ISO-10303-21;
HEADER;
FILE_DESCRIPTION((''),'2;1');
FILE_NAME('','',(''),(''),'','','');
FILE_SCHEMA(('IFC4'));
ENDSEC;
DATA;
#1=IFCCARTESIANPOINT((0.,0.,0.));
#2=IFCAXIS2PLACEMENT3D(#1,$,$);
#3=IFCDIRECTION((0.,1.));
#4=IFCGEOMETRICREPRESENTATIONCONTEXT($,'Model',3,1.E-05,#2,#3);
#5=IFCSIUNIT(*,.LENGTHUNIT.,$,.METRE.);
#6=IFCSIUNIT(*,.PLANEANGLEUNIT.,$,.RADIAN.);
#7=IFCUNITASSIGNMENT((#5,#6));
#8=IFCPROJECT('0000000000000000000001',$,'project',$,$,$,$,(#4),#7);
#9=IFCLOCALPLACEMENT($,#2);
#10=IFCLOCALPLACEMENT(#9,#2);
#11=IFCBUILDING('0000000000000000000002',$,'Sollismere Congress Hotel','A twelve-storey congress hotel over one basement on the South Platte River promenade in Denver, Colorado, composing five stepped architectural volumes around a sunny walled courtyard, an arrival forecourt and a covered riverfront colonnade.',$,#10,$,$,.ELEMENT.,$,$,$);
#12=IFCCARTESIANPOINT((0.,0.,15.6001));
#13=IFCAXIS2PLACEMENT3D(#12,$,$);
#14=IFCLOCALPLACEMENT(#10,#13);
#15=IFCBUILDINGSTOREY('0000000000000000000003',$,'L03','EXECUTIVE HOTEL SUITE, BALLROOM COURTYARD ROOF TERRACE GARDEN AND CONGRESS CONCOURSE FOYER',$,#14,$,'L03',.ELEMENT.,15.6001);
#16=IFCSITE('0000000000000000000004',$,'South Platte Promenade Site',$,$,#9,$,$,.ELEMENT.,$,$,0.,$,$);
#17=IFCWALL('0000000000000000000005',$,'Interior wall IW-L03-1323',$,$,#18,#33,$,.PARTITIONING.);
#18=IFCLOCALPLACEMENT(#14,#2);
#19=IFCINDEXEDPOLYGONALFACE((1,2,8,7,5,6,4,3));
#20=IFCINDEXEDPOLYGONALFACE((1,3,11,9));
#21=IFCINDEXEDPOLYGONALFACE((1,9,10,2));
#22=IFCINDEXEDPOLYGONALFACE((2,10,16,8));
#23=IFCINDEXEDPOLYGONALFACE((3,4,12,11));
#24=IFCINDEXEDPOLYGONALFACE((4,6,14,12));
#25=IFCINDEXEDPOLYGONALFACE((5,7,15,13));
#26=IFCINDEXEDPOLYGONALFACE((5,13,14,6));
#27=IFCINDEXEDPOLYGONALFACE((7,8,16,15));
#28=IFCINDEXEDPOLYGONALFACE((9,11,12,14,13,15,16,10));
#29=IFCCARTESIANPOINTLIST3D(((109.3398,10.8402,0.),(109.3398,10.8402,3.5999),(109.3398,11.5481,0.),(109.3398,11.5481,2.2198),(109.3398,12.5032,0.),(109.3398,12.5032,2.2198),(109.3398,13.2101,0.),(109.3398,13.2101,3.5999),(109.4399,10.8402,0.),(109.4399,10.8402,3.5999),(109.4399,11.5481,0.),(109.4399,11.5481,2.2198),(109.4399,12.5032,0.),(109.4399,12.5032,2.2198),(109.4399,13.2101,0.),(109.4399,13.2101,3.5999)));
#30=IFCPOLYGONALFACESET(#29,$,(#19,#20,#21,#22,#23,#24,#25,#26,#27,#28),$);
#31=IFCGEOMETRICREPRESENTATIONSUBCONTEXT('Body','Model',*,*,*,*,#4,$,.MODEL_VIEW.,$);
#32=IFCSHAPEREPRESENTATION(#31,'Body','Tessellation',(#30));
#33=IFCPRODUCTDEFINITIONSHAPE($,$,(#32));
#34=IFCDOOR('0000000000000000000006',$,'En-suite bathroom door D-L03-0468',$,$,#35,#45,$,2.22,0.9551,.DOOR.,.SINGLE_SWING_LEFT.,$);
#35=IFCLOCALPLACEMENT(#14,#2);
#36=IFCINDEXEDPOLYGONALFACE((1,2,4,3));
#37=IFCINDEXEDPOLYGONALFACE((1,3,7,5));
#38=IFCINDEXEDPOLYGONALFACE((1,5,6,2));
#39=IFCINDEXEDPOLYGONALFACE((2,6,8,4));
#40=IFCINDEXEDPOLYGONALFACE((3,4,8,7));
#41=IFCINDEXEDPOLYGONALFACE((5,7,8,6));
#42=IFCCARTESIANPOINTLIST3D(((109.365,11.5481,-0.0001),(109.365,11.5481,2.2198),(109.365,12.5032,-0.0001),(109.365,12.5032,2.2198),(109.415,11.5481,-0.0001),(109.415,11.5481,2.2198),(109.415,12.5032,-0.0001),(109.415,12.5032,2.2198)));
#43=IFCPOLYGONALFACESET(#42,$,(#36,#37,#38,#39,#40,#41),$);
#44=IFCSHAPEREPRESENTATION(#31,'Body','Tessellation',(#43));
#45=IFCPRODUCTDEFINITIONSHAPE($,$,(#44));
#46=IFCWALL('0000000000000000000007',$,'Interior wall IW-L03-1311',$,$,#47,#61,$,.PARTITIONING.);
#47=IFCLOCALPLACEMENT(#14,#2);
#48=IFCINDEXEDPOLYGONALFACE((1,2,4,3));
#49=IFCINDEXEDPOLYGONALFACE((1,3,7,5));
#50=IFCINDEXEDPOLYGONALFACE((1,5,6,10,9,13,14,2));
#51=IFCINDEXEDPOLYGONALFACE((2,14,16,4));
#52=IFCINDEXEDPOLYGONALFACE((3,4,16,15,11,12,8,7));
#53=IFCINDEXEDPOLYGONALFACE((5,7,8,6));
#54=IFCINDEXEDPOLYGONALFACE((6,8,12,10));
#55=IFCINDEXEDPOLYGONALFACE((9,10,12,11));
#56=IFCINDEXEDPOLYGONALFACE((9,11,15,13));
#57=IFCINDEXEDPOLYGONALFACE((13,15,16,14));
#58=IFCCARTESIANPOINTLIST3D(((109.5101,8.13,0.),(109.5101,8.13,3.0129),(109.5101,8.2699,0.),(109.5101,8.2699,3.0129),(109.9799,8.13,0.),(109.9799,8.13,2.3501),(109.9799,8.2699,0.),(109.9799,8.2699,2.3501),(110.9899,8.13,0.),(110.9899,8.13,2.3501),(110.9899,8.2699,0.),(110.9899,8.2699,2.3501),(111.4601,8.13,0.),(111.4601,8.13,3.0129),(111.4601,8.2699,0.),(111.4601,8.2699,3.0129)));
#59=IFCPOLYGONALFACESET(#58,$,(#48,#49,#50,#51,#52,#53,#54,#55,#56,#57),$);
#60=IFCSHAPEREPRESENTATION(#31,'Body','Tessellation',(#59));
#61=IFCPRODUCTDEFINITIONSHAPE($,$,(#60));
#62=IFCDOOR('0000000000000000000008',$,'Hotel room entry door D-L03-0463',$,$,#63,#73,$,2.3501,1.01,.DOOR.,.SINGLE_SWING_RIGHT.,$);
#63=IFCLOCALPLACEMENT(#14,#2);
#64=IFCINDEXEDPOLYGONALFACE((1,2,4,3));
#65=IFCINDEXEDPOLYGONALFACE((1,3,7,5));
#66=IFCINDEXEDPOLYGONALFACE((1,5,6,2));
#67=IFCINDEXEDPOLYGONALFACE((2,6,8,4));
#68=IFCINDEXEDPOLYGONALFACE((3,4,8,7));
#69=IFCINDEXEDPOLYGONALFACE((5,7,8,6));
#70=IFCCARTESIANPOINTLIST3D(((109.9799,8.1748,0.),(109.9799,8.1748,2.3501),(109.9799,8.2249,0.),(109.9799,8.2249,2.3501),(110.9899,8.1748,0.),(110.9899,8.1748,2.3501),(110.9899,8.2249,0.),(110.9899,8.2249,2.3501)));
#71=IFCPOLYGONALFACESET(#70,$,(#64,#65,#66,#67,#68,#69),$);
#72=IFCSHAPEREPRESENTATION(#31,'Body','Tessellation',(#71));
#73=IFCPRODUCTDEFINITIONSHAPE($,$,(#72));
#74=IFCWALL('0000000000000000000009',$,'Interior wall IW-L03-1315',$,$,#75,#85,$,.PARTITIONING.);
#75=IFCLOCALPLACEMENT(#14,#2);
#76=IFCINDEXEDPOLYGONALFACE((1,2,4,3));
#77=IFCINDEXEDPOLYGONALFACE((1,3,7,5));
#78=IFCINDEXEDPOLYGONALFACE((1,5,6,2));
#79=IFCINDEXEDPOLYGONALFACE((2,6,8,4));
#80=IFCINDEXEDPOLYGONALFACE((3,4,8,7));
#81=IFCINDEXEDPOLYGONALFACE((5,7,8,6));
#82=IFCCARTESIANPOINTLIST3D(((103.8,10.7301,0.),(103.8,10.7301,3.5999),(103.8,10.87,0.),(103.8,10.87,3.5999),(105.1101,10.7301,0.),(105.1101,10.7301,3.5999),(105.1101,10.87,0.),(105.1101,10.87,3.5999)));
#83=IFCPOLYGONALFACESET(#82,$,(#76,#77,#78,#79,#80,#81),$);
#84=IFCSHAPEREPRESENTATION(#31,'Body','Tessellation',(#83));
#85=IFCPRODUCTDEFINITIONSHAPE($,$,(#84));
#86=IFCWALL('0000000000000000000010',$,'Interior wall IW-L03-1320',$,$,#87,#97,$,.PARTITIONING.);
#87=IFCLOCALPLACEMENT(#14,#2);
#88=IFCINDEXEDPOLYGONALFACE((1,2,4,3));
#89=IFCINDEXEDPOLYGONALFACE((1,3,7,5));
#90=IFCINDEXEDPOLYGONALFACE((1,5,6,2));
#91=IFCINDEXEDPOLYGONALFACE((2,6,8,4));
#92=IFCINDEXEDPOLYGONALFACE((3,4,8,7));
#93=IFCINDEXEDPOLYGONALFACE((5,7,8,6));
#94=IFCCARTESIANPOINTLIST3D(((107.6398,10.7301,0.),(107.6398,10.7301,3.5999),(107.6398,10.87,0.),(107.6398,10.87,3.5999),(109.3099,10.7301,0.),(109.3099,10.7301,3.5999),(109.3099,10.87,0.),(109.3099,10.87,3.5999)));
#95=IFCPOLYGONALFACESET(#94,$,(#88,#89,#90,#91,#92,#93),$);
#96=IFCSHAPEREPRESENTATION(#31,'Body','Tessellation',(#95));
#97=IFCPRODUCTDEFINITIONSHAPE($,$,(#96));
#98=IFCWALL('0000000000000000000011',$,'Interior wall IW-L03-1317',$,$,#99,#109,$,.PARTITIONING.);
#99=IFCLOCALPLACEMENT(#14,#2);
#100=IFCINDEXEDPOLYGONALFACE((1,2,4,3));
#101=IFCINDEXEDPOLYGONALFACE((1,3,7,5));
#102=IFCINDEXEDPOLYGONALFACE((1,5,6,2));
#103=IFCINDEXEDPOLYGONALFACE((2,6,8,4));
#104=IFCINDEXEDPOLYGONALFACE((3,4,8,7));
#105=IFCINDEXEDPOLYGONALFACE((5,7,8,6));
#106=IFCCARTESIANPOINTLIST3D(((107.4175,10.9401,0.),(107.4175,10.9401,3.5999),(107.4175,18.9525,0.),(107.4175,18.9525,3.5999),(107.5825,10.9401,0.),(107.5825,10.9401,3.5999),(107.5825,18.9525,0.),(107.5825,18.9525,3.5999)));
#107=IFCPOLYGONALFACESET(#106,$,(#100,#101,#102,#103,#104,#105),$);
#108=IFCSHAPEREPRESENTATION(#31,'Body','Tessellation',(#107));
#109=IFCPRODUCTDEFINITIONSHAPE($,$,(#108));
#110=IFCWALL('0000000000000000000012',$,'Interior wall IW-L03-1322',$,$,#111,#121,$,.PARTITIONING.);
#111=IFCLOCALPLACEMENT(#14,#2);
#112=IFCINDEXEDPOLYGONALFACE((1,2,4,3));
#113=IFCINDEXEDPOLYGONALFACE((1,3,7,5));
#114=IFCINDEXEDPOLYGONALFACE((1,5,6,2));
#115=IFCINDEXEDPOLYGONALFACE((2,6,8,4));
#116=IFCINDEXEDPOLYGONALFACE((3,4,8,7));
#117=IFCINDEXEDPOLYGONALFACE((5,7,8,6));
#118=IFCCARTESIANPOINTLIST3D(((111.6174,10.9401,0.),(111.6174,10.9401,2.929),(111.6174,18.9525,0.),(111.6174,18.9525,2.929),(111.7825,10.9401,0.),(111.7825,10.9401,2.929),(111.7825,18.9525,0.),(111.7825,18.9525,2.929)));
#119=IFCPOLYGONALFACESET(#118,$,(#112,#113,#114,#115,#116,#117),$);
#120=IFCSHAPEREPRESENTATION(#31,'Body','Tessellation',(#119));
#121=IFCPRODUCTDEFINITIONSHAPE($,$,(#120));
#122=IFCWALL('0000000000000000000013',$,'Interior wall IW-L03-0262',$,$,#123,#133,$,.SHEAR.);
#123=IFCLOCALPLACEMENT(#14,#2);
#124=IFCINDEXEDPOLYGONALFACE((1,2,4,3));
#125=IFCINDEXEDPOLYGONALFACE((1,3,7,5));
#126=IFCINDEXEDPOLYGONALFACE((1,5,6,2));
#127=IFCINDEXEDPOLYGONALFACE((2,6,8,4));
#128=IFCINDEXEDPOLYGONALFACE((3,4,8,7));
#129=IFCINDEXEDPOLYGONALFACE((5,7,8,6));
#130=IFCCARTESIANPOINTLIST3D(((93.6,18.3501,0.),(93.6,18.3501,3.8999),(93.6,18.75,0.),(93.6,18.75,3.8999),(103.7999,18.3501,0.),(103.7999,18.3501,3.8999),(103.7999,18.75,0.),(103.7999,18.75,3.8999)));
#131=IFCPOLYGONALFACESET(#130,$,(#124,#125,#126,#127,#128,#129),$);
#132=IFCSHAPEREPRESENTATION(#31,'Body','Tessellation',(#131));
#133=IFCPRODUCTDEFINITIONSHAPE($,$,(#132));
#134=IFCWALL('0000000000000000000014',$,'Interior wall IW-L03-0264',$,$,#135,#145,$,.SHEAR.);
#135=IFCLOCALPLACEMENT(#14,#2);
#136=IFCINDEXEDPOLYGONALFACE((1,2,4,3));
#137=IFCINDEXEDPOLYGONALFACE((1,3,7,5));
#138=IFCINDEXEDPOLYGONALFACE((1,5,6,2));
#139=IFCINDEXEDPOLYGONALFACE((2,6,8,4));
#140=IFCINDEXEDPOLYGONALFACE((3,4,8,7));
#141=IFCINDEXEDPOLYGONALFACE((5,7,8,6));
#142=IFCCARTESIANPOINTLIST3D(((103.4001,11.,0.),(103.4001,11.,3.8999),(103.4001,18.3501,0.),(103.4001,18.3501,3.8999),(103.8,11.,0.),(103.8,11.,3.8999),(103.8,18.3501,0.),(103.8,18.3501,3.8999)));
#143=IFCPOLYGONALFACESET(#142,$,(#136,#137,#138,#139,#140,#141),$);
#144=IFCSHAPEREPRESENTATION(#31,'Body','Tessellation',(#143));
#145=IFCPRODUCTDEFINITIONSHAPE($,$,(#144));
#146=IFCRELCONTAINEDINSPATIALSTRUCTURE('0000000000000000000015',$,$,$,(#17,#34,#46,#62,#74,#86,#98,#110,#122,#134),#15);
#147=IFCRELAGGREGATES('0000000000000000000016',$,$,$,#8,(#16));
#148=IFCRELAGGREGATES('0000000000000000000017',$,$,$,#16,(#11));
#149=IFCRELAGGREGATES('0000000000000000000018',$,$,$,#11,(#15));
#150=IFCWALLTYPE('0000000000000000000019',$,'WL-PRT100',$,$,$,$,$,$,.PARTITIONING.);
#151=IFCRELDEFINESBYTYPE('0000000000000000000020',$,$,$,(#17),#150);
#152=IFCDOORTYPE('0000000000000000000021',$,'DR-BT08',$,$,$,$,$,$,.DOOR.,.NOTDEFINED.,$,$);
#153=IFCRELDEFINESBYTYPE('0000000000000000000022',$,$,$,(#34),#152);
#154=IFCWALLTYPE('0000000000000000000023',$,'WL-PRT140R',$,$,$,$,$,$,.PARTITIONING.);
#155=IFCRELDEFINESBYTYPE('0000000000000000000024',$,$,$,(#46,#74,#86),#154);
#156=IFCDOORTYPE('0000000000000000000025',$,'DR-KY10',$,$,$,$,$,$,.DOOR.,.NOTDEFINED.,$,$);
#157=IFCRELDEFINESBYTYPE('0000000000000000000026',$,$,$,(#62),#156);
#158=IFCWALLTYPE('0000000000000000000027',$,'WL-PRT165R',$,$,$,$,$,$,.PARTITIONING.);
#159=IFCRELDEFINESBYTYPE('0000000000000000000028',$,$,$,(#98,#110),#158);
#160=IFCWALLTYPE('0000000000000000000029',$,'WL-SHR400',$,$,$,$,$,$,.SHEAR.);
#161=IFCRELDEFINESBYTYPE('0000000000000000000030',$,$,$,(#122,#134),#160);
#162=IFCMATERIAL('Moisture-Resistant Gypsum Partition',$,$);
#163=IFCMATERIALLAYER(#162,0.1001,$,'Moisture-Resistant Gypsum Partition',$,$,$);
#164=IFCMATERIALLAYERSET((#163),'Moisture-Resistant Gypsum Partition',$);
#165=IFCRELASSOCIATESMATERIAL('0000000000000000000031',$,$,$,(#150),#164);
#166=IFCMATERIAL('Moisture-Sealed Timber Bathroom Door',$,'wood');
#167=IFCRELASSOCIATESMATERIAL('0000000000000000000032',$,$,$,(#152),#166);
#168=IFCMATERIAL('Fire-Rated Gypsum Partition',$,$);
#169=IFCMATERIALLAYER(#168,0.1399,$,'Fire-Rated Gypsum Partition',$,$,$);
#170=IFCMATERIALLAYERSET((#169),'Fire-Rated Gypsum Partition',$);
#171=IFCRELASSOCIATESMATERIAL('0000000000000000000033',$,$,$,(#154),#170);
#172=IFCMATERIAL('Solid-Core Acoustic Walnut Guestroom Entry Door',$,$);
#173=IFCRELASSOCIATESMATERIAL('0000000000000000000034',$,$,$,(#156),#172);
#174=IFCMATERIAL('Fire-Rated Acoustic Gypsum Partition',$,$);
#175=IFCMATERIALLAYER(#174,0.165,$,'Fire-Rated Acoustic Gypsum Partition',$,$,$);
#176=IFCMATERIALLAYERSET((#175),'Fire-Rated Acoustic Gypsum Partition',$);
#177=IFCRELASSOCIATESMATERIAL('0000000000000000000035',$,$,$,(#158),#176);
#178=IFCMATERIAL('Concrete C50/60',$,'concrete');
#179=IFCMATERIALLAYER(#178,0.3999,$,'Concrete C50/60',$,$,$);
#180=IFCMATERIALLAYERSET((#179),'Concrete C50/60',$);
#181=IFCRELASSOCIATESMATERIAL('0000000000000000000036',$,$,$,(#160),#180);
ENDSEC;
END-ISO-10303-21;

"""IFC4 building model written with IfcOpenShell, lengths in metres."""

from ifc_helpers import new_model, si_unit, direction, frame, frame_2d, origin, place, context, subcontext, project, spatial, rectangle, extrude, material, layer, layer_set, type_object, element, fill, save


model = new_model("IFC4")

# Units and contexts
model_context = context("Model", 3, precision=1e-05, world=origin(), true_north=direction((0.0, 1.0)))
body_context = subcontext(model_context, "Body", "Model", "MODEL_VIEW")
ifc_project = project(units=[si_unit("LENGTHUNIT", "METRE"), si_unit("PLANEANGLEUNIT", "RADIAN")], contexts=[model_context])

# Site, building, storey
site_placement = place(None, origin())
site = spatial("IfcSite", under=ifc_project, at=site_placement, Name="South Platte Promenade Site", CompositionType="ELEMENT", RefElevation=0.0)
building_placement = place(site_placement, origin())
building = spatial("IfcBuilding", under=site, at=building_placement, Name="Sollismere Congress Hotel", Description="A twelve-storey congress hotel over one basement on the South Platte River promenade in Denver, Colorado, composing five stepped architectural volumes around a sunny walled courtyard, an arrival forecourt and a covered riverfront colonnade.", CompositionType="ELEMENT")
storey_placement = place(building_placement, frame((0.0, 0.0, 15.6001)))
storey = spatial("IfcBuildingStorey", under=building, at=storey_placement, Name="L03", Description="EXECUTIVE HOTEL SUITE, BALLROOM COURTYARD ROOF TERRACE GARDEN AND CONGRESS CONCOURSE FOYER", LongName="L03", CompositionType="ELEMENT", Elevation=15.6001)

# Walls, openings, doors
ifc_material_1 = material(Name="Moisture-Resistant Gypsum Partition")
ifc_layer_1 = layer(ifc_material_1, 0.1001, Name="Moisture-Resistant Gypsum Partition")
ifc_layer_set_1 = layer_set([ifc_layer_1], Name="Moisture-Resistant Gypsum Partition")
wall_type_1 = type_object("IfcWallType", Name="WL-PRT100", PredefinedType="PARTITIONING", material=ifc_layer_set_1)
ifc_material_2 = material(Name="Moisture-Sealed Timber Bathroom Door", Category="wood")
wall_1_placement = place(storey_placement, frame((109.3899, 10.8401, 0.0), z_axis=(0.0, 0.0, 1.0), x_axis=(0.0, 1.0, 0.0)))
wall_1 = element("IfcWall", 1, at=wall_1_placement, inside=storey, type_object=wall_type_1, Name="Interior wall IW-L03-1323", PredefinedType="PARTITIONING", context=body_context, shape_type="SweptSolid", body=[
    extrude(rectangle(XDim=2.3699, YDim=0.1001, at=frame_2d((1.1851, 0.0))), origin(), (0.0, 0.0, 1.0), 3.5999),
])
opening_1_placement = place(wall_1_placement, frame((0.708, 0.0, 0.0)))
opening_1 = element("IfcOpeningElement", 2, at=opening_1_placement, cuts=wall_1, PredefinedType="OPENING", context=body_context, shape_type="SweptSolid", body=[
    extrude(rectangle(XDim=0.9551, YDim=2.22, at=frame_2d((0.4775, 1.1099))), frame((0.0, 0.0601, 0.0), z_axis=(0.0, -1.0, 0.0), x_axis=(1.0, 0.0, 0.0)), (0.0, 0.0, 1.0), 0.1201),
])
door_type_1 = type_object("IfcDoorType", Name="DR-BT08", OperationType="NOTDEFINED", PredefinedType="DOOR", material=ifc_material_2)
door_1_placement = place(opening_1_placement, origin())
door_1 = element("IfcDoor", 3, at=door_1_placement, inside=storey, type_object=door_type_1, Name="En-suite bathroom door D-L03-0468", OperationType="SINGLE_SWING_LEFT", OverallHeight=2.22, OverallWidth=0.9551, PredefinedType="DOOR", context=body_context, shape_type="SweptSolid", body=[
    extrude(rectangle(XDim=0.9551, YDim=2.22, at=frame_2d((0.4775, 1.1099))), frame((0.0, 0.0249, 0.0), z_axis=(0.0, -1.0, 0.0), x_axis=(1.0, 0.0, 0.0)), (0.0, 0.0, 1.0), 0.05),
])
fill(opening_1, door_1)
ifc_material_3 = material(Name="Fire-Rated Gypsum Partition")
ifc_layer_2 = layer(ifc_material_3, 0.1399, Name="Fire-Rated Gypsum Partition")
ifc_layer_set_2 = layer_set([ifc_layer_2], Name="Fire-Rated Gypsum Partition")
wall_type_2 = type_object("IfcWallType", Name="WL-PRT140R", PredefinedType="PARTITIONING", material=ifc_layer_set_2)
wall_2_placement = place(storey_placement, frame((109.51, 8.2, 0.0), z_axis=(0.0, 0.0, 1.0), x_axis=(1.0, 0.0, 0.0)))
wall_2 = element("IfcWall", 4, at=wall_2_placement, inside=storey, type_object=wall_type_2, Name="Interior wall IW-L03-1311", PredefinedType="PARTITIONING", context=body_context, shape_type="SweptSolid", body=[
    extrude(rectangle(XDim=1.95, YDim=0.1399, at=frame_2d((0.9751, 0.0))), origin(), (0.0, 0.0, 1.0), 3.0129),
])
opening_2_placement = place(wall_2_placement, frame((0.47, 0.0, 0.0)))
opening_2 = element("IfcOpeningElement", 5, at=opening_2_placement, cuts=wall_2, PredefinedType="OPENING", context=body_context, shape_type="SweptSolid", body=[
    extrude(rectangle(XDim=1.01, YDim=2.3501, at=frame_2d((0.5049, 1.175))), frame((0.0, 0.0798, 0.0), z_axis=(0.0, -1.0, 0.0), x_axis=(1.0, 0.0, 0.0)), (0.0, 0.0, 1.0), 0.1599),
])
ifc_material_4 = material(Name="Solid-Core Acoustic Walnut Guestroom Entry Door")
door_type_2 = type_object("IfcDoorType", Name="DR-KY10", OperationType="NOTDEFINED", PredefinedType="DOOR", material=ifc_material_4)
door_2_placement = place(opening_2_placement, origin())
door_2 = element("IfcDoor", 6, at=door_2_placement, inside=storey, type_object=door_type_2, Name="Hotel room entry door D-L03-0463", OperationType="SINGLE_SWING_RIGHT", OverallHeight=2.3501, OverallWidth=1.01, PredefinedType="DOOR", context=body_context, shape_type="SweptSolid", body=[
    extrude(rectangle(XDim=1.01, YDim=2.3501, at=frame_2d((0.5049, 1.175))), frame((0.0, 0.0249, 0.0), z_axis=(0.0, -1.0, 0.0), x_axis=(1.0, 0.0, 0.0)), (0.0, 0.0, 1.0), 0.05),
])
fill(opening_2, door_2)

# Wall
wall_3_placement = place(storey_placement, frame((103.8, 10.8, 0.0), z_axis=(0.0, 0.0, 1.0), x_axis=(1.0, 0.0, 0.0)))
element("IfcWall", 7, at=wall_3_placement, inside=storey, type_object=wall_type_2, Name="Interior wall IW-L03-1315", PredefinedType="PARTITIONING", context=body_context, shape_type="SweptSolid", body=[
    extrude(rectangle(XDim=1.3101, YDim=0.1399, at=frame_2d((0.655, 0.0))), origin(), (0.0, 0.0, 1.0), 3.5999),
])

# Wall
wall_4_placement = place(storey_placement, frame((107.6399, 10.8, 0.0), z_axis=(0.0, 0.0, 1.0), x_axis=(1.0, 0.0, 0.0)))
element("IfcWall", 8, at=wall_4_placement, inside=storey, type_object=wall_type_2, Name="Interior wall IW-L03-1320", PredefinedType="PARTITIONING", context=body_context, shape_type="SweptSolid", body=[
    extrude(rectangle(XDim=1.6702, YDim=0.1399, at=frame_2d((0.835, 0.0))), origin(), (0.0, 0.0, 1.0), 3.5999),
])

# Walls
ifc_material_5 = material(Name="Fire-Rated Acoustic Gypsum Partition")
ifc_layer_3 = layer(ifc_material_5, 0.165, Name="Fire-Rated Acoustic Gypsum Partition")
ifc_layer_set_3 = layer_set([ifc_layer_3], Name="Fire-Rated Acoustic Gypsum Partition")
wall_type_3 = type_object("IfcWallType", Name="WL-PRT165R", PredefinedType="PARTITIONING", material=ifc_layer_set_3)
wall_5_placement = place(storey_placement, frame((107.5, 10.9399, 0.0), z_axis=(0.0, 0.0, 1.0), x_axis=(0.0, 1.0, 0.0)))
element("IfcWall", 9, at=wall_5_placement, inside=storey, type_object=wall_type_3, Name="Interior wall IW-L03-1317", PredefinedType="PARTITIONING", context=body_context, shape_type="SweptSolid", body=[
    extrude(rectangle(XDim=8.0125, YDim=0.165, at=frame_2d((4.0063, 0.0))), origin(), (0.0, 0.0, 1.0), 3.5999),
])
wall_6_placement = place(storey_placement, frame((111.7, 10.9399, 0.0), z_axis=(0.0, 0.0, 1.0), x_axis=(0.0, 1.0, 0.0)))
element("IfcWall", 10, at=wall_6_placement, inside=storey, type_object=wall_type_3, Name="Interior wall IW-L03-1322", PredefinedType="PARTITIONING", context=body_context, shape_type="SweptSolid", body=[
    extrude(rectangle(XDim=8.0125, YDim=0.165, at=frame_2d((4.0063, 0.0))), origin(), (0.0, 0.0, 1.0), 2.929),
])
ifc_material_6 = material(Name="Concrete C50/60", Category="concrete")
ifc_layer_4 = layer(ifc_material_6, 0.3999, Name="Concrete C50/60")
ifc_layer_set_4 = layer_set([ifc_layer_4], Name="Concrete C50/60")
wall_type_4 = type_object("IfcWallType", Name="WL-SHR400", PredefinedType="SHEAR", material=ifc_layer_set_4)
wall_7_placement = place(storey_placement, frame((103.8, 18.55, 0.0), z_axis=(0.0, 0.0, 1.0), x_axis=(-1.0, 0.0, 0.0)))
element("IfcWall", 11, at=wall_7_placement, inside=storey, type_object=wall_type_4, Name="Interior wall IW-L03-0262", PredefinedType="SHEAR", context=body_context, shape_type="SweptSolid", body=[
    extrude(rectangle(XDim=10.2, YDim=0.3999, at=frame_2d((5.1001, 0.0))), origin(), (0.0, 0.0, 1.0), 3.8999),
])
wall_8_placement = place(storey_placement, frame((103.6001, 11.0, 0.0), z_axis=(0.0, 0.0, 1.0), x_axis=(0.0, 1.0, 0.0)))
element("IfcWall", 12, at=wall_8_placement, inside=storey, type_object=wall_type_4, Name="Interior wall IW-L03-0264", PredefinedType="SHEAR", context=body_context, shape_type="SweptSolid", body=[
    extrude(rectangle(XDim=7.3501, YDim=0.3999, at=frame_2d((3.675, 0.0))), origin(), (0.0, 0.0, 1.0), 3.8999),
])

save(model, "model.ifc")
